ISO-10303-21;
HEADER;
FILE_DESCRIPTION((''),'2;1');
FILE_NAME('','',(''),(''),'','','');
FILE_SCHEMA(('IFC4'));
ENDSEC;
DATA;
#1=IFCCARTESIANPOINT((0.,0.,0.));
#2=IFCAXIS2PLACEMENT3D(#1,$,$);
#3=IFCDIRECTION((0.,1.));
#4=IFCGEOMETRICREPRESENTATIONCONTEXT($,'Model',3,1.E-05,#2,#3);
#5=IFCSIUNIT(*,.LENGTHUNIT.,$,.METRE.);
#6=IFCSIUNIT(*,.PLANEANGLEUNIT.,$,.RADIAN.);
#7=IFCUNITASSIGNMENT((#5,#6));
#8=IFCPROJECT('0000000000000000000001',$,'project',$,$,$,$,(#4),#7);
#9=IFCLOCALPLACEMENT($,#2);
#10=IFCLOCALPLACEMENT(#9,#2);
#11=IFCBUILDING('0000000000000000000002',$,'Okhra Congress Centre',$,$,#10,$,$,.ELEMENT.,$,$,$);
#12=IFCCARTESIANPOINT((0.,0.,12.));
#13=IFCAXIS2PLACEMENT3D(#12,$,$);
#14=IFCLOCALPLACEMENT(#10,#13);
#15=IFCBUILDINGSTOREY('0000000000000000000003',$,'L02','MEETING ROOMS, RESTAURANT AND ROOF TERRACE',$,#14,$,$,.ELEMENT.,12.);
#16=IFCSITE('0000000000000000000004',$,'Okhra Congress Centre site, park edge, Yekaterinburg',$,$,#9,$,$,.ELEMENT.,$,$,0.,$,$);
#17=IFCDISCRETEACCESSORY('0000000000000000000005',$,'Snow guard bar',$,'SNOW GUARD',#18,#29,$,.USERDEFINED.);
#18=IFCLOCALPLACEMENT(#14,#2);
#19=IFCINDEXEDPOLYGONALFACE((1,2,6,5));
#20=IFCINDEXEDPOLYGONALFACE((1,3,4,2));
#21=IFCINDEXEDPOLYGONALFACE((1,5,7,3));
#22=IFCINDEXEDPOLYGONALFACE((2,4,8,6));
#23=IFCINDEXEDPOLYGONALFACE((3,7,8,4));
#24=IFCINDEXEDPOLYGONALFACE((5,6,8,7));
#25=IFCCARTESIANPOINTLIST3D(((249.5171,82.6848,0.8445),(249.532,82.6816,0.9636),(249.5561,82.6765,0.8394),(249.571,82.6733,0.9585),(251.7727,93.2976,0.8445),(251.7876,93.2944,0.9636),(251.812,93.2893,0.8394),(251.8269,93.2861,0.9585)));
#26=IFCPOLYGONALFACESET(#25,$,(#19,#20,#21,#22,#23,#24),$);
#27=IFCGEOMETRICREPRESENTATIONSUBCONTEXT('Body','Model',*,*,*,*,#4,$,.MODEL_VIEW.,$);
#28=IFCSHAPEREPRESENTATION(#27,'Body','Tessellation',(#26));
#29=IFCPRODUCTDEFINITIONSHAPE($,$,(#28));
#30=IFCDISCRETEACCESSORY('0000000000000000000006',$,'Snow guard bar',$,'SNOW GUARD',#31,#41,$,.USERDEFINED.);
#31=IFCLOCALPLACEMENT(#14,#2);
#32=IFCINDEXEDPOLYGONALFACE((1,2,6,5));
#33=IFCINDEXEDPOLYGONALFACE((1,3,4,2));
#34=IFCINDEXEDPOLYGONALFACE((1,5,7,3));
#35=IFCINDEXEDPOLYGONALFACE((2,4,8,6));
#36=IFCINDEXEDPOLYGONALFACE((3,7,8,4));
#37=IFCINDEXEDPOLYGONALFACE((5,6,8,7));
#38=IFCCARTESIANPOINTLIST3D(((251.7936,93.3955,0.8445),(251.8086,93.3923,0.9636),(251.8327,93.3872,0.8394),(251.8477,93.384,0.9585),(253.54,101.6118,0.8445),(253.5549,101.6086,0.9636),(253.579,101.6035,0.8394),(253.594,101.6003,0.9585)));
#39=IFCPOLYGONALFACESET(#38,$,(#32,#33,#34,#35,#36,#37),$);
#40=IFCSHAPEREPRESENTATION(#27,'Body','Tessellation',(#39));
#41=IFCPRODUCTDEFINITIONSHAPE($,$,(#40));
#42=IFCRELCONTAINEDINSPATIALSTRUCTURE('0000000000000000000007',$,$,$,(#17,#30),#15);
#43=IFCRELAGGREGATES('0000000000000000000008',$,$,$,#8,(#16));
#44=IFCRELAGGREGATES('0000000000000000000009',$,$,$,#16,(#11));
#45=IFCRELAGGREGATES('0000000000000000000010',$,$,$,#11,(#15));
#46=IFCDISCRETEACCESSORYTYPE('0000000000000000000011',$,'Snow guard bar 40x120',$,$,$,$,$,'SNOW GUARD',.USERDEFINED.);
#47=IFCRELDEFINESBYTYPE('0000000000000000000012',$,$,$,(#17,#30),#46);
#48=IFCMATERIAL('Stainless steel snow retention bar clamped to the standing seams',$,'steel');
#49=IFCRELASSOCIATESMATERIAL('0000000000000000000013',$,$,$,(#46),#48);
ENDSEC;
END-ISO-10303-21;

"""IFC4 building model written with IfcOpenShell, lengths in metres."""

from ifc_helpers import new_model, si_unit, direction, frame, origin, place, context, subcontext, project, spatial, polyline, outline, extrude, material, type_object, element, save


model = new_model("IFC4")

# Units and contexts
model_context = context("Model", 3, precision=1e-05, world=origin(), true_north=direction((0.0, 1.0)))
body_context = subcontext(model_context, "Body", "Model", "MODEL_VIEW")
ifc_project = project(units=[si_unit("LENGTHUNIT", "METRE"), si_unit("PLANEANGLEUNIT", "RADIAN")], contexts=[model_context])

# Site, building, storey
site_placement = place(None, origin())
site = spatial("IfcSite", under=ifc_project, at=site_placement, Name="Okhra Congress Centre site, park edge, Yekaterinburg", CompositionType="ELEMENT", RefElevation=0.0)
building_placement = place(site_placement, origin())
building = spatial("IfcBuilding", under=site, at=building_placement, Name="Okhra Congress Centre", CompositionType="ELEMENT")
storey_placement = place(building_placement, frame((0.0, 0.0, 12.0)))
storey = spatial("IfcBuildingStorey", under=building, at=storey_placement, Name="L02", Description="MEETING ROOMS, RESTAURANT AND ROOF TERRACE", CompositionType="ELEMENT", Elevation=12.0)

# Discrete accessories
ifc_material_1 = material(Name="Stainless steel snow retention bar clamped to the standing seams", Category="steel")
discrete_accessory_type_1 = type_object("IfcDiscreteAccessoryType", Name="Snow guard bar 40x120", ElementType="SNOW GUARD", PredefinedType="USERDEFINED", material=ifc_material_1)
discrete_accessory_1_placement = place(storey_placement, frame((249.532, 82.6816, 0.9636), z_axis=(0.12419, -0.026397, 0.991907), x_axis=(0.970243, -0.206177, -0.126965)))
element("IfcDiscreteAccessory", 1, at=discrete_accessory_1_placement, inside=storey, type_object=discrete_accessory_type_1, Name="Snow guard bar", ObjectType="SNOW GUARD", PredefinedType="USERDEFINED", context=body_context, shape_type="SweptSolid", body=[
    extrude(outline(polyline([(0.0, 0.0), (0.0403, 0.0), (0.0409, 10.8499), (0.0004, 10.8498), (0.0, 0.0)])), origin(), (0.0, 0.0, -1.0), 0.1201),
])
discrete_accessory_2_placement = place(storey_placement, frame((251.8086, 93.3923, 0.9636), z_axis=(0.124556, -0.026474, 0.991859), x_axis=(0.970196, -0.206167, -0.127338)))
element("IfcDiscreteAccessory", 2, at=discrete_accessory_2_placement, inside=storey, type_object=discrete_accessory_type_1, Name="Snow guard bar", ObjectType="SNOW GUARD", PredefinedType="USERDEFINED", context=body_context, shape_type="SweptSolid", body=[
    extrude(outline(polyline([(0.0, 0.0), (0.0403, 0.0), (0.0406, 8.3998), (0.0004, 8.3998), (0.0, 0.0)])), origin(), (0.0, 0.0, -1.0), 0.1201),
])

save(model, "model.ifc")
